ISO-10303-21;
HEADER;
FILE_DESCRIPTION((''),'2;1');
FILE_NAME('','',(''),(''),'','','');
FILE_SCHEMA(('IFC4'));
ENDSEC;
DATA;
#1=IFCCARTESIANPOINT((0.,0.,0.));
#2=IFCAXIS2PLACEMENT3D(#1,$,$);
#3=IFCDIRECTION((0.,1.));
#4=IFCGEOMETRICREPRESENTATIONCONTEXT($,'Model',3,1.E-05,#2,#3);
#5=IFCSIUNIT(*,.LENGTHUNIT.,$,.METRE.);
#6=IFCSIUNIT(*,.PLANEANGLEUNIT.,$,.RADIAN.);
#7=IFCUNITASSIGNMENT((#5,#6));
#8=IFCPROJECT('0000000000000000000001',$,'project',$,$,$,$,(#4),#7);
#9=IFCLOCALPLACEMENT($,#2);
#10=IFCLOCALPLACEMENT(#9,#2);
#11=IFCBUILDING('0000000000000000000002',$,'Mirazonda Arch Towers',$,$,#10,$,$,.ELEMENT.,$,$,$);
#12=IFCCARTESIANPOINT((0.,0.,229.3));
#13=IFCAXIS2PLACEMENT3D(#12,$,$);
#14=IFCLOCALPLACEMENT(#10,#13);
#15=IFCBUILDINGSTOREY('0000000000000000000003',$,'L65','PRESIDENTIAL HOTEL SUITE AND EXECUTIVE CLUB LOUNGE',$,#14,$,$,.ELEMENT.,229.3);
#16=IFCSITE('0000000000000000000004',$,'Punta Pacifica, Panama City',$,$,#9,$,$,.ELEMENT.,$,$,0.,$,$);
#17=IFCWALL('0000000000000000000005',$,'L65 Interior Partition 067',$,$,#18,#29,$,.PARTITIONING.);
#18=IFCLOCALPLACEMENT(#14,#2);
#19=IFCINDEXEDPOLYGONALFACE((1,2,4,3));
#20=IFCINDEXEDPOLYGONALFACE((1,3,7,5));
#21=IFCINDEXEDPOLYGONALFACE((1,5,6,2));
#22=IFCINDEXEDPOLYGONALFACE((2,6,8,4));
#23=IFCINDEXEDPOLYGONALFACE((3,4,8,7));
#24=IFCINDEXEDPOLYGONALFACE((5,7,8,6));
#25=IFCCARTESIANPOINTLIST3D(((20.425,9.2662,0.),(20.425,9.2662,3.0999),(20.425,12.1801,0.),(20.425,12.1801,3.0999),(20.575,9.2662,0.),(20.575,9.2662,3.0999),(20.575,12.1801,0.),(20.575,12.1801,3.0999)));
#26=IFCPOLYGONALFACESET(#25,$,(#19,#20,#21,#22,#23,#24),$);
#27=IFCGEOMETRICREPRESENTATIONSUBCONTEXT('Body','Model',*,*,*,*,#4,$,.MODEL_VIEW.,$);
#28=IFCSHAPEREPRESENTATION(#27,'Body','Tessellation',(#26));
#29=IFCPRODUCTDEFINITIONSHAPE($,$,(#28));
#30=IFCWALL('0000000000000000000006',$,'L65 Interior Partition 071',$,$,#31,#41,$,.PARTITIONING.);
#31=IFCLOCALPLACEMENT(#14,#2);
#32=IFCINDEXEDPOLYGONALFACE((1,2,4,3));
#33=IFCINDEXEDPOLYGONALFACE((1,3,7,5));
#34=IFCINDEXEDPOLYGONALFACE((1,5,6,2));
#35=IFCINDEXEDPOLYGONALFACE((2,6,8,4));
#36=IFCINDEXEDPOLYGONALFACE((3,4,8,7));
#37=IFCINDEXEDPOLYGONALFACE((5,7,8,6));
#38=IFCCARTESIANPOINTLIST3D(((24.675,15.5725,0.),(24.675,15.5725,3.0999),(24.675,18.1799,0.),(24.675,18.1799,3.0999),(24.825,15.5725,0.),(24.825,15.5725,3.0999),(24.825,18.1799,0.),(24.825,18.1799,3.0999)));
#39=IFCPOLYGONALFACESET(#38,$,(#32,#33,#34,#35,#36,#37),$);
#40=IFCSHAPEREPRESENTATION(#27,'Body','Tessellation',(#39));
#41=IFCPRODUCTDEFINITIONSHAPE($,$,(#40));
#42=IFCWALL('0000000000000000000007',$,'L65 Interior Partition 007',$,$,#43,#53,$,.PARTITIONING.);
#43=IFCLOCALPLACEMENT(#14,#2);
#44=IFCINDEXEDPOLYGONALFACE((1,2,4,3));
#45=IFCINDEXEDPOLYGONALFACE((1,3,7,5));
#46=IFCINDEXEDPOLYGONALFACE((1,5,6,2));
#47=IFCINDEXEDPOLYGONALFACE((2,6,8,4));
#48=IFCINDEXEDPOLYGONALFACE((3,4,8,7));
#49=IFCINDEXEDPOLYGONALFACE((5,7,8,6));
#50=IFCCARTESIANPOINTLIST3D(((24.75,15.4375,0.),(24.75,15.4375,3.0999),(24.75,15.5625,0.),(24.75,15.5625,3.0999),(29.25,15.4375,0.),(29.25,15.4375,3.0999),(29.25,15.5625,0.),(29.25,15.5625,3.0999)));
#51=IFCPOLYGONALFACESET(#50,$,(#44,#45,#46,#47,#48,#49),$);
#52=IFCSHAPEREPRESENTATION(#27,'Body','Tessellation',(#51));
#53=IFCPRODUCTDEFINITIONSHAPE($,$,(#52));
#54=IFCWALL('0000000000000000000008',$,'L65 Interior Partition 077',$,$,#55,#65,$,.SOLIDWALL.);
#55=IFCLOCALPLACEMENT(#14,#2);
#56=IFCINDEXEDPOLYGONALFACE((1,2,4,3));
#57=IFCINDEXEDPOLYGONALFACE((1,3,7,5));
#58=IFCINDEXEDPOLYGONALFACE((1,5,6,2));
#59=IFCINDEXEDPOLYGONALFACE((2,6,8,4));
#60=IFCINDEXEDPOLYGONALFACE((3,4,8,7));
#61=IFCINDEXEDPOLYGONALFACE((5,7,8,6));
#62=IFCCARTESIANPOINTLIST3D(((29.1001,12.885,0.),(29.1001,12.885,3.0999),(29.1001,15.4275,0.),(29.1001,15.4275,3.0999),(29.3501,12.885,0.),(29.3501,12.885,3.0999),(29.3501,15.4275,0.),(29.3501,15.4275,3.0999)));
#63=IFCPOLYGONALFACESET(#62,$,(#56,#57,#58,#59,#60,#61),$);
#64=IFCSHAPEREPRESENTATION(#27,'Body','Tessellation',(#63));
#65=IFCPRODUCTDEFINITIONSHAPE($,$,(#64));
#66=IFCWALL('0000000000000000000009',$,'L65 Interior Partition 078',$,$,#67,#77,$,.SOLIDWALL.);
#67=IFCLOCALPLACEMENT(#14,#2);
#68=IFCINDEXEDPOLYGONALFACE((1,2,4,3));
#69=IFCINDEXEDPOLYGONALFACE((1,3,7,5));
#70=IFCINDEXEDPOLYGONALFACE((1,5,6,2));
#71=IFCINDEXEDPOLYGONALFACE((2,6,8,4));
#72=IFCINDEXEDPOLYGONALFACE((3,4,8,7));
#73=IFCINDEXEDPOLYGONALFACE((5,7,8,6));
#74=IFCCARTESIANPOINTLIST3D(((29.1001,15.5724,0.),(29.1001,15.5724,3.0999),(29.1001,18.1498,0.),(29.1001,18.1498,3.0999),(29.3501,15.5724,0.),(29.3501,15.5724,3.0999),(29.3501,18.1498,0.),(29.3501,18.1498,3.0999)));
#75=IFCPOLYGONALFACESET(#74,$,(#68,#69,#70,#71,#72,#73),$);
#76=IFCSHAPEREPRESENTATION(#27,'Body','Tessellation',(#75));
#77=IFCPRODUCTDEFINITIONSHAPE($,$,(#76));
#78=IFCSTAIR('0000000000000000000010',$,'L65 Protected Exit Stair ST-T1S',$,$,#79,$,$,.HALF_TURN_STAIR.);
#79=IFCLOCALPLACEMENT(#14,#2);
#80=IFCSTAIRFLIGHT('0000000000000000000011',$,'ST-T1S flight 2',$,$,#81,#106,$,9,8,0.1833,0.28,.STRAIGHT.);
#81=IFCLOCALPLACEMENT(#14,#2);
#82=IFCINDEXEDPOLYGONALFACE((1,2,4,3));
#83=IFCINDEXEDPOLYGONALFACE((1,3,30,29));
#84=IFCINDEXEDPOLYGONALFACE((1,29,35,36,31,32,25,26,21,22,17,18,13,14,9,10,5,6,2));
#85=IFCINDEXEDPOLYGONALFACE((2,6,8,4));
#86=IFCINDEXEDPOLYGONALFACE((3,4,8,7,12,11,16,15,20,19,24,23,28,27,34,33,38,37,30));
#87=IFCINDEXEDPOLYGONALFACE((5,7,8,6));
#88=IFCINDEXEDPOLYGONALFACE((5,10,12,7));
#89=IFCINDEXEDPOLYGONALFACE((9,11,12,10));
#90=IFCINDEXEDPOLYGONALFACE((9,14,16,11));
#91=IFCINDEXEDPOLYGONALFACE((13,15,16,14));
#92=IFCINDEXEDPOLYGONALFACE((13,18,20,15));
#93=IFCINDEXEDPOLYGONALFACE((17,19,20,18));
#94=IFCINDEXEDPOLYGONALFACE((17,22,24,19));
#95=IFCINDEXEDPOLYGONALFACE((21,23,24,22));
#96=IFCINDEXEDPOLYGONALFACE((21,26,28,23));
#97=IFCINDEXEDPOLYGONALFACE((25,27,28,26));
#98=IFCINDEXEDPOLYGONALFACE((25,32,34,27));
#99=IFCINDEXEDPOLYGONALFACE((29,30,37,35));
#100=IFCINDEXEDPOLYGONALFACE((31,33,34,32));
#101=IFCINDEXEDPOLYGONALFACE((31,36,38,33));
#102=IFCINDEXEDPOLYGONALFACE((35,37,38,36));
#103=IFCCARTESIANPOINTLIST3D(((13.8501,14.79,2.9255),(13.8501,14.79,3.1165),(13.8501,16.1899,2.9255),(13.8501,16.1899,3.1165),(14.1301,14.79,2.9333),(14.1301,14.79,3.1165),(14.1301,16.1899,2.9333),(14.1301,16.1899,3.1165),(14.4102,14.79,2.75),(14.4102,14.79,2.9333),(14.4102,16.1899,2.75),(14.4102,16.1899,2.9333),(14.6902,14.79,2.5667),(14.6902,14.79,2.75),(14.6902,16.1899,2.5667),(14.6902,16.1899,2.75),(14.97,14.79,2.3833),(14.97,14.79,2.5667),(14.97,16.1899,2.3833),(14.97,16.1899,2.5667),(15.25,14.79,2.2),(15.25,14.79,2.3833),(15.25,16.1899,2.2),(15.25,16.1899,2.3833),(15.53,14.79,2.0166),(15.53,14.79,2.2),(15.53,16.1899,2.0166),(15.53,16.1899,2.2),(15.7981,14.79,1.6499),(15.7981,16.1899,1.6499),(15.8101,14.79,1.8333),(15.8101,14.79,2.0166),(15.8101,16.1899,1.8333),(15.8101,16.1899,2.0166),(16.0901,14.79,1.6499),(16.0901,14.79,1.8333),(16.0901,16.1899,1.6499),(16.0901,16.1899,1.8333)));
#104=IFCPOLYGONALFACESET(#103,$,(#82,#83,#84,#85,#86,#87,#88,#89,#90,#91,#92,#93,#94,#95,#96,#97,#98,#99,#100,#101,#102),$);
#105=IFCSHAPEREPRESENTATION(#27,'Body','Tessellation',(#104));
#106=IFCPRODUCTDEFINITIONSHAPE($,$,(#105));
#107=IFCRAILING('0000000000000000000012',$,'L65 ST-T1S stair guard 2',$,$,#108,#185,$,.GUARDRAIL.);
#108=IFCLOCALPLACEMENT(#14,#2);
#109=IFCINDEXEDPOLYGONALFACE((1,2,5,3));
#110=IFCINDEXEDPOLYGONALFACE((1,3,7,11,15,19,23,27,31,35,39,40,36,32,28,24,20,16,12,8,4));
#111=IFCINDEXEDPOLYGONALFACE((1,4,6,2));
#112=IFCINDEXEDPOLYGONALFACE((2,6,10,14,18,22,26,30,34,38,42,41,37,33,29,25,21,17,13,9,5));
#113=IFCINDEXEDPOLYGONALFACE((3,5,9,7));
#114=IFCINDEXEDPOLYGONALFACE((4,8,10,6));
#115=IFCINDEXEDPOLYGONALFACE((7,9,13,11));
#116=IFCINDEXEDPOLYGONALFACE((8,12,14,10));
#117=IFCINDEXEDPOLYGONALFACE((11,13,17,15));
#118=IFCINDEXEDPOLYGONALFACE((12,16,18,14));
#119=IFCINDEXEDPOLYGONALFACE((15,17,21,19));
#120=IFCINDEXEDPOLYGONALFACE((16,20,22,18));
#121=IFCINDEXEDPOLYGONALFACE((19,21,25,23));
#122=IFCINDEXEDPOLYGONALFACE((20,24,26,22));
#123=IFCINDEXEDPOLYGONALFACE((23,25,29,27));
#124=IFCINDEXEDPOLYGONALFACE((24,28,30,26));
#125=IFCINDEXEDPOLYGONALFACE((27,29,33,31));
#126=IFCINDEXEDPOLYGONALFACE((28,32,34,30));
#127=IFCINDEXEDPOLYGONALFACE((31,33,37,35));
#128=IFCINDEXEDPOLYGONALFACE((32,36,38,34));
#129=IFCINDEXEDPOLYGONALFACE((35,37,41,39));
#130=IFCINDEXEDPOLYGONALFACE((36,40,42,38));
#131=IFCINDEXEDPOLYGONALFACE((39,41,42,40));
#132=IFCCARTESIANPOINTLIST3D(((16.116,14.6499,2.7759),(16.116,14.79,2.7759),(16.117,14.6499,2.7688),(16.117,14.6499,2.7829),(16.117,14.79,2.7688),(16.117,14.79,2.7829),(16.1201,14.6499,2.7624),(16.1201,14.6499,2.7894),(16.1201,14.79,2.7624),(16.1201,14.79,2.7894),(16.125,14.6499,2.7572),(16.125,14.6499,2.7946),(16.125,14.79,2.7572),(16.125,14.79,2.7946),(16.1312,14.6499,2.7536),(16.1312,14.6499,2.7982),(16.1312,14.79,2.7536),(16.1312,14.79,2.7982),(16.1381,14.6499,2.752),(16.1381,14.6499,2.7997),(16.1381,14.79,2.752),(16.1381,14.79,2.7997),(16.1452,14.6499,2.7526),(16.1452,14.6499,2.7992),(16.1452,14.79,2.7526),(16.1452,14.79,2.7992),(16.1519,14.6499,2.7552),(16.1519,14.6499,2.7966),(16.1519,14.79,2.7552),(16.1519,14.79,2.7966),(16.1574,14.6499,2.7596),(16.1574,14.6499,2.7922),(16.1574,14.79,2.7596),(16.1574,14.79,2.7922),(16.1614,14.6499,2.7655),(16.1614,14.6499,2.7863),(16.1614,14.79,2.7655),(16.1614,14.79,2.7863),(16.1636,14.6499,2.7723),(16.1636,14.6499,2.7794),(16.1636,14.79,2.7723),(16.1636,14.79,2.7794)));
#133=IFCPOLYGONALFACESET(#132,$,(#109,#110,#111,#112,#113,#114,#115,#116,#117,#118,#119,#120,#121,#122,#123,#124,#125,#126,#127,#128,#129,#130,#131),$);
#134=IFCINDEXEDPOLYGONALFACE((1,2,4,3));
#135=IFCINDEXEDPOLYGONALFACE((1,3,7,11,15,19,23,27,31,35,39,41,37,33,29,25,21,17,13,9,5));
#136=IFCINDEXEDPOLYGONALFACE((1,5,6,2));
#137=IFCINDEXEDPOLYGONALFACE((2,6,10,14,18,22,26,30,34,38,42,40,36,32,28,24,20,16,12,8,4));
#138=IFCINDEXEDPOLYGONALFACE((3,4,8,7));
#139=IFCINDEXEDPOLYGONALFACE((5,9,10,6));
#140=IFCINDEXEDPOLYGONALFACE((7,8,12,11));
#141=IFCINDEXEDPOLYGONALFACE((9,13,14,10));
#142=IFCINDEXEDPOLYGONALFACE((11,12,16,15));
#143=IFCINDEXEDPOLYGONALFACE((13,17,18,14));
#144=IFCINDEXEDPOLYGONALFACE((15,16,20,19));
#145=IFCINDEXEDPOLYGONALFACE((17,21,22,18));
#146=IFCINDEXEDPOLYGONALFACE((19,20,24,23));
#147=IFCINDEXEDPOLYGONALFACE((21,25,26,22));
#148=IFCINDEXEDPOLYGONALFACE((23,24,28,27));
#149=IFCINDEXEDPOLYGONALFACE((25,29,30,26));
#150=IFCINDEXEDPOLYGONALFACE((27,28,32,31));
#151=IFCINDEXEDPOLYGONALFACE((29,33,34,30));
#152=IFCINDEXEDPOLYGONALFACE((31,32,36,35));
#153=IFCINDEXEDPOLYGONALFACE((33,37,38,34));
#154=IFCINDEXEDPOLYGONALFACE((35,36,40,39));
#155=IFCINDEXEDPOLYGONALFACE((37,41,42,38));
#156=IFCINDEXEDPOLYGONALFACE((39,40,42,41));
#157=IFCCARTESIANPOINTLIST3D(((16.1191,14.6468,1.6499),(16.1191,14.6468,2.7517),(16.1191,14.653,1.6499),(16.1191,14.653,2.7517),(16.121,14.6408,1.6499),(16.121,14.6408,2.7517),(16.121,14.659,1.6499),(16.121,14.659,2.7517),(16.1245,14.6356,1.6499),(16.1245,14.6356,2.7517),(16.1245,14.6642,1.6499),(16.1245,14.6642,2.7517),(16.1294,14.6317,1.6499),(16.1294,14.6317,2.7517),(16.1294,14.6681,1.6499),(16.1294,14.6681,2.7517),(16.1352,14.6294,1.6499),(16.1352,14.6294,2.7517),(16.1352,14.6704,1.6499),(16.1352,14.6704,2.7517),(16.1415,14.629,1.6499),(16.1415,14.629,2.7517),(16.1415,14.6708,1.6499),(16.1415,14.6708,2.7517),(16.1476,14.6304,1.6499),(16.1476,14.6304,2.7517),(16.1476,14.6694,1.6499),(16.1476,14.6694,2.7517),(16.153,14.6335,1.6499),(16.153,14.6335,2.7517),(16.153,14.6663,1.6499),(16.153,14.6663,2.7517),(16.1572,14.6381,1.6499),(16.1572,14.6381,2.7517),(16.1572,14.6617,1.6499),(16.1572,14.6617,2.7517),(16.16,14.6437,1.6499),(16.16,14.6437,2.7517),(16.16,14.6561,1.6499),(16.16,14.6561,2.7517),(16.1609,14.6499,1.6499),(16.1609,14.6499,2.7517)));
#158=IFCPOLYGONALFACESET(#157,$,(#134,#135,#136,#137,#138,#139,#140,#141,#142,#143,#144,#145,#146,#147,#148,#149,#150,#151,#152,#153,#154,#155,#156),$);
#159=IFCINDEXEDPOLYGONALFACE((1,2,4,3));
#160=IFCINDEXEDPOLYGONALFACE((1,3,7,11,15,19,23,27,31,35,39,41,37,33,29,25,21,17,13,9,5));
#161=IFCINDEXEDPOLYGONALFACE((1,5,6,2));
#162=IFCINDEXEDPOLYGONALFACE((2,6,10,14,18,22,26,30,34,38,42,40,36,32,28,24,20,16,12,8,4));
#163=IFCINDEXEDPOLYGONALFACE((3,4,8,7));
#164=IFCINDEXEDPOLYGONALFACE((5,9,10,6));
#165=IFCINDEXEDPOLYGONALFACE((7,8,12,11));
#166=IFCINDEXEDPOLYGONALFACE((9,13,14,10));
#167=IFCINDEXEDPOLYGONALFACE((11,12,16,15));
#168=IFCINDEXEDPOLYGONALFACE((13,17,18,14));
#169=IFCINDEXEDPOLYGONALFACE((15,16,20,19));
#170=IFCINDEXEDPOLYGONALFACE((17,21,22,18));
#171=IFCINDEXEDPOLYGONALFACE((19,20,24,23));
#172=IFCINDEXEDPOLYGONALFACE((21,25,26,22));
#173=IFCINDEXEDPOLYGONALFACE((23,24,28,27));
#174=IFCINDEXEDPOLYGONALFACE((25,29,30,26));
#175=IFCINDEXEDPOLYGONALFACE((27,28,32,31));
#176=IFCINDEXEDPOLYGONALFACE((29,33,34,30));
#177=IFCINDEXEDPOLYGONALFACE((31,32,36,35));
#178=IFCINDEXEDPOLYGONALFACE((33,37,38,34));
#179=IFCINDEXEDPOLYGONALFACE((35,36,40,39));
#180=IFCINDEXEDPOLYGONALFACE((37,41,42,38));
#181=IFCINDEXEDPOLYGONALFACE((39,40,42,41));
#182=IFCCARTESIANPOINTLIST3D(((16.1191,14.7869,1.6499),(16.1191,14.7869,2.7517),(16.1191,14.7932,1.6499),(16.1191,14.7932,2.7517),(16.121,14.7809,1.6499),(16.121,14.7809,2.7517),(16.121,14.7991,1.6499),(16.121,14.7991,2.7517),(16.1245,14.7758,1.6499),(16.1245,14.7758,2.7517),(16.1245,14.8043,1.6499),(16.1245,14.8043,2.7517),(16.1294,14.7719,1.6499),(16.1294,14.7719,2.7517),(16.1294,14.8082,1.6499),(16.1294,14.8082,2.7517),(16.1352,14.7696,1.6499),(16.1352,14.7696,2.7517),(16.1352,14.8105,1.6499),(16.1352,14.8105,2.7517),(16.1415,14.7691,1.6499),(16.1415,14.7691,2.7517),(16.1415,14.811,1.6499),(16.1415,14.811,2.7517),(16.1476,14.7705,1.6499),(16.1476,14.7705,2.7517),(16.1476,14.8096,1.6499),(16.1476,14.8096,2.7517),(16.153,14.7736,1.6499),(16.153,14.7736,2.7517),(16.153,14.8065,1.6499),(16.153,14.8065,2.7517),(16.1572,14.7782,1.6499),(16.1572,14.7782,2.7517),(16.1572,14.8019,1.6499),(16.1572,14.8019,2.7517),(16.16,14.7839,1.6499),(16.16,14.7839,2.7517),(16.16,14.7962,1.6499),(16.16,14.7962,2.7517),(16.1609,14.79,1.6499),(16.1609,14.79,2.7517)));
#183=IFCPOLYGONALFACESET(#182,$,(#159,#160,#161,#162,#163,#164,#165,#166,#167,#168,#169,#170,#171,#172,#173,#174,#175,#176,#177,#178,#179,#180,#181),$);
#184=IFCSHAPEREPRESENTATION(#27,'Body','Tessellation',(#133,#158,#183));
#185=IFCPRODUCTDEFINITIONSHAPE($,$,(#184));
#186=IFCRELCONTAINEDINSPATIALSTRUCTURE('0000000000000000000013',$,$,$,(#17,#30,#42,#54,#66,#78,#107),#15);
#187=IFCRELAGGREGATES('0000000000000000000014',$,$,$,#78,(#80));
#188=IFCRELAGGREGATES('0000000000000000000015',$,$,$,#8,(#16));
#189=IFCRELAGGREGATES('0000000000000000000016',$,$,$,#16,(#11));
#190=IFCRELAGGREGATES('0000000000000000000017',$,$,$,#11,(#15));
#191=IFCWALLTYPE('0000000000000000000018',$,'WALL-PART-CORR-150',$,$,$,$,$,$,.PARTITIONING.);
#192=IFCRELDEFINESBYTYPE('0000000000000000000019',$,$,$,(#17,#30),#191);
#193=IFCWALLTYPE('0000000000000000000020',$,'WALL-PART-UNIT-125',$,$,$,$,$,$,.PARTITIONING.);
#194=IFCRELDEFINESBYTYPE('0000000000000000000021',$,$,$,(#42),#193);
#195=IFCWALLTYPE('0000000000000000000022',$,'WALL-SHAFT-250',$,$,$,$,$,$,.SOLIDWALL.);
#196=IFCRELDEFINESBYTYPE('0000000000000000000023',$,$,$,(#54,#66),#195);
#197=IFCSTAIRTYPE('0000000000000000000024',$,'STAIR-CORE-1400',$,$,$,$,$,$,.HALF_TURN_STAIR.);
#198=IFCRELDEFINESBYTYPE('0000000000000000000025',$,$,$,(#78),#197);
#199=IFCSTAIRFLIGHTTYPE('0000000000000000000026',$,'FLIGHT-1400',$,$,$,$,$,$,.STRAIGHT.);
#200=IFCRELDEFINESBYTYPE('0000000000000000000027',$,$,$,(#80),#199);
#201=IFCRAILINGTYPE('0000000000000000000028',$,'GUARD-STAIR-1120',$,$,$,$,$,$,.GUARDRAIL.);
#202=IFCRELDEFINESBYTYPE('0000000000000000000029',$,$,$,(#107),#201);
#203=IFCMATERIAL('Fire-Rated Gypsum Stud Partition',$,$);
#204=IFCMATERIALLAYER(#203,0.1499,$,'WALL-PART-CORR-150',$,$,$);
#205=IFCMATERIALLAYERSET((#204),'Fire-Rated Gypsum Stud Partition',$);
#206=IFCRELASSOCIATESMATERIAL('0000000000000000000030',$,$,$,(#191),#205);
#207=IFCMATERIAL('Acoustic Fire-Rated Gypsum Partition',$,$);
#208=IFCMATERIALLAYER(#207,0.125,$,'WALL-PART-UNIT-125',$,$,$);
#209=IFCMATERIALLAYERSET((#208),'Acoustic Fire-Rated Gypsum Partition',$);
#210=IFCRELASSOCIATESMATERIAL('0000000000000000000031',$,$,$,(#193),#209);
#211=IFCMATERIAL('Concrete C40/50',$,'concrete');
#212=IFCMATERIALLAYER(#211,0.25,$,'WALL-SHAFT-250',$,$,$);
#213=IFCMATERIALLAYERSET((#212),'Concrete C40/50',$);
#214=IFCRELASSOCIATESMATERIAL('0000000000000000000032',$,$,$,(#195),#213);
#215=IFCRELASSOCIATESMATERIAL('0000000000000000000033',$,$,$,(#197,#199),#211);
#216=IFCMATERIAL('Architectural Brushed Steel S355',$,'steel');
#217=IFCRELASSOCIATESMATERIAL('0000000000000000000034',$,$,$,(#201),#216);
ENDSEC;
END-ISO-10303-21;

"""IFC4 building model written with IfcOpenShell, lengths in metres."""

from ifc_helpers import new_model, si_unit, direction, frame, frame_2d, origin, origin_2d, place, context, subcontext, project, spatial, polyline, rectangle, circle, outline, extrude, material, layer, layer_set, type_object, element, aggregate, save


model = new_model("IFC4")

# Units and contexts
model_context = context("Model", 3, precision=1e-05, world=origin(), true_north=direction((0.0, 1.0)))
body_context = subcontext(model_context, "Body", "Model", "MODEL_VIEW")
ifc_project = project(units=[si_unit("LENGTHUNIT", "METRE"), si_unit("PLANEANGLEUNIT", "RADIAN")], contexts=[model_context])

# Site, building, storey
site_placement = place(None, origin())
site = spatial("IfcSite", under=ifc_project, at=site_placement, Name="Punta Pacifica, Panama City", CompositionType="ELEMENT", RefElevation=0.0)
building_placement = place(site_placement, origin())
building = spatial("IfcBuilding", under=site, at=building_placement, Name="Mirazonda Arch Towers", CompositionType="ELEMENT")
storey_placement = place(building_placement, frame((0.0, 0.0, 229.3)))
storey = spatial("IfcBuildingStorey", under=building, at=storey_placement, Name="L65", Description="PRESIDENTIAL HOTEL SUITE AND EXECUTIVE CLUB LOUNGE", CompositionType="ELEMENT", Elevation=229.3)

# Wall
ifc_material_1 = material(Name="Concrete C40/50", Category="concrete")
ifc_material_2 = material(Name="Fire-Rated Gypsum Stud Partition")
ifc_layer_1 = layer(ifc_material_2, 0.1499, Name="WALL-PART-CORR-150")
ifc_layer_set_1 = layer_set([ifc_layer_1], Name="Fire-Rated Gypsum Stud Partition")
wall_type_1 = type_object("IfcWallType", Name="WALL-PART-CORR-150", PredefinedType="PARTITIONING", material=ifc_layer_set_1)
wall_1_placement = place(storey_placement, frame((20.5, 9.2661, 0.0), z_axis=(0.0, 0.0, 1.0), x_axis=(0.0, 1.0, 0.0)))
element("IfcWall", 1, at=wall_1_placement, inside=storey, type_object=wall_type_1, Name="L65 Interior Partition 067", PredefinedType="PARTITIONING", context=body_context, shape_type="SweptSolid", body=[
    extrude(rectangle(XDim=2.9138, YDim=0.1499, at=frame_2d((1.457, 0.0))), origin(), (0.0, 0.0, 1.0), 3.0999),
])

# Shared definitions
ifc_material_3 = material(Name="Architectural Brushed Steel S355", Category="steel")

# Walls
wall_2_placement = place(storey_placement, frame((24.75, 15.5725, 0.0), z_axis=(0.0, 0.0, 1.0), x_axis=(0.0, 1.0, 0.0)))
element("IfcWall", 2, at=wall_2_placement, inside=storey, type_object=wall_type_1, Name="L65 Interior Partition 071", PredefinedType="PARTITIONING", context=body_context, shape_type="SweptSolid", body=[
    extrude(rectangle(XDim=2.6074, YDim=0.1499, at=frame_2d((1.3037, 0.0))), origin(), (0.0, 0.0, 1.0), 3.0999),
])
ifc_material_4 = material(Name="Acoustic Fire-Rated Gypsum Partition")
ifc_layer_2 = layer(ifc_material_4, 0.125, Name="WALL-PART-UNIT-125")
ifc_layer_set_2 = layer_set([ifc_layer_2], Name="Acoustic Fire-Rated Gypsum Partition")
wall_type_2 = type_object("IfcWallType", Name="WALL-PART-UNIT-125", PredefinedType="PARTITIONING", material=ifc_layer_set_2)
wall_3_placement = place(storey_placement, frame((24.75, 15.5, 0.0), z_axis=(0.0, 0.0, 1.0), x_axis=(1.0, 0.0, 0.0)))
element("IfcWall", 3, at=wall_3_placement, inside=storey, type_object=wall_type_2, Name="L65 Interior Partition 007", PredefinedType="PARTITIONING", context=body_context, shape_type="SweptSolid", body=[
    extrude(rectangle(XDim=4.5, YDim=0.125, at=frame_2d((2.25, 0.0))), origin(), (0.0, 0.0, 1.0), 3.0999),
])
ifc_layer_3 = layer(ifc_material_1, 0.25, Name="WALL-SHAFT-250")
ifc_layer_set_3 = layer_set([ifc_layer_3], Name="Concrete C40/50")
wall_type_3 = type_object("IfcWallType", Name="WALL-SHAFT-250", PredefinedType="SOLIDWALL", material=ifc_layer_set_3)
wall_4_placement = place(storey_placement, frame((29.2251, 12.885, 0.0), z_axis=(0.0, 0.0, 1.0), x_axis=(0.0, 1.0, 0.0)))
element("IfcWall", 4, at=wall_4_placement, inside=storey, type_object=wall_type_3, Name="L65 Interior Partition 077", PredefinedType="SOLIDWALL", context=body_context, shape_type="SweptSolid", body=[
    extrude(rectangle(XDim=2.5425, YDim=0.25, at=frame_2d((1.2712, 0.0))), origin(), (0.0, 0.0, 1.0), 3.0999),
])
wall_5_placement = place(storey_placement, frame((29.2251, 15.5725, 0.0), z_axis=(0.0, 0.0, 1.0), x_axis=(0.0, 1.0, 0.0)))
element("IfcWall", 5, at=wall_5_placement, inside=storey, type_object=wall_type_3, Name="L65 Interior Partition 078", PredefinedType="SOLIDWALL", context=body_context, shape_type="SweptSolid", body=[
    extrude(rectangle(XDim=2.5774, YDim=0.25, at=frame_2d((1.2886, 0.0))), origin(), (0.0, 0.0, 1.0), 3.0999),
])

# Stair, stair flight
stair_type = type_object("IfcStairType", Name="STAIR-CORE-1400", PredefinedType="HALF_TURN_STAIR", material=ifc_material_1)
stair_placement = place(storey_placement, origin())
stair = element("IfcStair", 6, at=stair_placement, inside=storey, type_object=stair_type, Name="L65 Protected Exit Stair ST-T1S", PredefinedType="HALF_TURN_STAIR")
stair_flight_type = type_object("IfcStairFlightType", Name="FLIGHT-1400", PredefinedType="STRAIGHT", material=ifc_material_1)
stair_flight_placement = place(storey_placement, frame((16.0901, 15.49, 1.6499), z_axis=(0.0, 0.0, 1.0), x_axis=(-1.0, 0.0, 0.0)))
stair_flight = element("IfcStairFlight", 7, at=stair_flight_placement, type_object=stair_flight_type, Name="ST-T1S flight 2", NumberOfRisers=9, NumberOfTreads=8, PredefinedType="STRAIGHT", RiserHeight=0.1833, TreadLength=0.28, context=body_context, shape_type="SweptSolid", body=[
    extrude(outline(polyline([(0.0, 0.0), (0.0, 0.1833), (0.28, 0.1833), (0.28, 0.3667), (0.5601, 0.3667), (0.5601, 0.55), (0.8401, 0.55), (0.8401, 0.7334), (1.1201, 0.7334), (1.1201, 0.9167), (1.3999, 0.9167), (1.3999, 1.1001), (1.6799, 1.1001), (1.6799, 1.2834), (1.96, 1.2834), (1.96, 1.4666), (2.24, 1.4666), (2.24, 1.6499), (2.24, 1.2756), (0.292, 0.0), (0.0, 0.0)])), frame((0.0, 0.7, 0.0), z_axis=(0.0, -1.0, 0.0), x_axis=(1.0, 0.0, 0.0)), (0.0, 0.0, 1.0), 1.3999),
])
aggregate(stair, [stair_flight])

# Railing
railing_type_1 = type_object("IfcRailingType", Name="GUARD-STAIR-1120", PredefinedType="GUARDRAIL", material=ifc_material_3)
railing_1_placement = place(storey_placement, frame((16.1399, 14.6499, 1.6499)))
element("IfcRailing", 8, at=railing_1_placement, inside=storey, type_object=railing_type_1, Name="L65 ST-T1S stair guard 2", PredefinedType="GUARDRAIL", context=body_context, shape_type="SweptSolid", body=[
    extrude(circle(Radius=0.0239, at=origin_2d()), frame((0.0, 0.0, 1.126), z_axis=(0.0, 1.0, 0.0), x_axis=(-1.0, 0.0, 0.0)), (0.0, 0.0, 1.0), 0.1401),
    extrude(circle(Radius=0.021, at=origin_2d()), origin(), (0.0, 0.0, 1.0), 1.1018),
    extrude(circle(Radius=0.021, at=origin_2d()), frame((0.0, 0.1401, 0.0)), (0.0, 0.0, 1.0), 1.1018),
])

save(model, "model.ifc")
